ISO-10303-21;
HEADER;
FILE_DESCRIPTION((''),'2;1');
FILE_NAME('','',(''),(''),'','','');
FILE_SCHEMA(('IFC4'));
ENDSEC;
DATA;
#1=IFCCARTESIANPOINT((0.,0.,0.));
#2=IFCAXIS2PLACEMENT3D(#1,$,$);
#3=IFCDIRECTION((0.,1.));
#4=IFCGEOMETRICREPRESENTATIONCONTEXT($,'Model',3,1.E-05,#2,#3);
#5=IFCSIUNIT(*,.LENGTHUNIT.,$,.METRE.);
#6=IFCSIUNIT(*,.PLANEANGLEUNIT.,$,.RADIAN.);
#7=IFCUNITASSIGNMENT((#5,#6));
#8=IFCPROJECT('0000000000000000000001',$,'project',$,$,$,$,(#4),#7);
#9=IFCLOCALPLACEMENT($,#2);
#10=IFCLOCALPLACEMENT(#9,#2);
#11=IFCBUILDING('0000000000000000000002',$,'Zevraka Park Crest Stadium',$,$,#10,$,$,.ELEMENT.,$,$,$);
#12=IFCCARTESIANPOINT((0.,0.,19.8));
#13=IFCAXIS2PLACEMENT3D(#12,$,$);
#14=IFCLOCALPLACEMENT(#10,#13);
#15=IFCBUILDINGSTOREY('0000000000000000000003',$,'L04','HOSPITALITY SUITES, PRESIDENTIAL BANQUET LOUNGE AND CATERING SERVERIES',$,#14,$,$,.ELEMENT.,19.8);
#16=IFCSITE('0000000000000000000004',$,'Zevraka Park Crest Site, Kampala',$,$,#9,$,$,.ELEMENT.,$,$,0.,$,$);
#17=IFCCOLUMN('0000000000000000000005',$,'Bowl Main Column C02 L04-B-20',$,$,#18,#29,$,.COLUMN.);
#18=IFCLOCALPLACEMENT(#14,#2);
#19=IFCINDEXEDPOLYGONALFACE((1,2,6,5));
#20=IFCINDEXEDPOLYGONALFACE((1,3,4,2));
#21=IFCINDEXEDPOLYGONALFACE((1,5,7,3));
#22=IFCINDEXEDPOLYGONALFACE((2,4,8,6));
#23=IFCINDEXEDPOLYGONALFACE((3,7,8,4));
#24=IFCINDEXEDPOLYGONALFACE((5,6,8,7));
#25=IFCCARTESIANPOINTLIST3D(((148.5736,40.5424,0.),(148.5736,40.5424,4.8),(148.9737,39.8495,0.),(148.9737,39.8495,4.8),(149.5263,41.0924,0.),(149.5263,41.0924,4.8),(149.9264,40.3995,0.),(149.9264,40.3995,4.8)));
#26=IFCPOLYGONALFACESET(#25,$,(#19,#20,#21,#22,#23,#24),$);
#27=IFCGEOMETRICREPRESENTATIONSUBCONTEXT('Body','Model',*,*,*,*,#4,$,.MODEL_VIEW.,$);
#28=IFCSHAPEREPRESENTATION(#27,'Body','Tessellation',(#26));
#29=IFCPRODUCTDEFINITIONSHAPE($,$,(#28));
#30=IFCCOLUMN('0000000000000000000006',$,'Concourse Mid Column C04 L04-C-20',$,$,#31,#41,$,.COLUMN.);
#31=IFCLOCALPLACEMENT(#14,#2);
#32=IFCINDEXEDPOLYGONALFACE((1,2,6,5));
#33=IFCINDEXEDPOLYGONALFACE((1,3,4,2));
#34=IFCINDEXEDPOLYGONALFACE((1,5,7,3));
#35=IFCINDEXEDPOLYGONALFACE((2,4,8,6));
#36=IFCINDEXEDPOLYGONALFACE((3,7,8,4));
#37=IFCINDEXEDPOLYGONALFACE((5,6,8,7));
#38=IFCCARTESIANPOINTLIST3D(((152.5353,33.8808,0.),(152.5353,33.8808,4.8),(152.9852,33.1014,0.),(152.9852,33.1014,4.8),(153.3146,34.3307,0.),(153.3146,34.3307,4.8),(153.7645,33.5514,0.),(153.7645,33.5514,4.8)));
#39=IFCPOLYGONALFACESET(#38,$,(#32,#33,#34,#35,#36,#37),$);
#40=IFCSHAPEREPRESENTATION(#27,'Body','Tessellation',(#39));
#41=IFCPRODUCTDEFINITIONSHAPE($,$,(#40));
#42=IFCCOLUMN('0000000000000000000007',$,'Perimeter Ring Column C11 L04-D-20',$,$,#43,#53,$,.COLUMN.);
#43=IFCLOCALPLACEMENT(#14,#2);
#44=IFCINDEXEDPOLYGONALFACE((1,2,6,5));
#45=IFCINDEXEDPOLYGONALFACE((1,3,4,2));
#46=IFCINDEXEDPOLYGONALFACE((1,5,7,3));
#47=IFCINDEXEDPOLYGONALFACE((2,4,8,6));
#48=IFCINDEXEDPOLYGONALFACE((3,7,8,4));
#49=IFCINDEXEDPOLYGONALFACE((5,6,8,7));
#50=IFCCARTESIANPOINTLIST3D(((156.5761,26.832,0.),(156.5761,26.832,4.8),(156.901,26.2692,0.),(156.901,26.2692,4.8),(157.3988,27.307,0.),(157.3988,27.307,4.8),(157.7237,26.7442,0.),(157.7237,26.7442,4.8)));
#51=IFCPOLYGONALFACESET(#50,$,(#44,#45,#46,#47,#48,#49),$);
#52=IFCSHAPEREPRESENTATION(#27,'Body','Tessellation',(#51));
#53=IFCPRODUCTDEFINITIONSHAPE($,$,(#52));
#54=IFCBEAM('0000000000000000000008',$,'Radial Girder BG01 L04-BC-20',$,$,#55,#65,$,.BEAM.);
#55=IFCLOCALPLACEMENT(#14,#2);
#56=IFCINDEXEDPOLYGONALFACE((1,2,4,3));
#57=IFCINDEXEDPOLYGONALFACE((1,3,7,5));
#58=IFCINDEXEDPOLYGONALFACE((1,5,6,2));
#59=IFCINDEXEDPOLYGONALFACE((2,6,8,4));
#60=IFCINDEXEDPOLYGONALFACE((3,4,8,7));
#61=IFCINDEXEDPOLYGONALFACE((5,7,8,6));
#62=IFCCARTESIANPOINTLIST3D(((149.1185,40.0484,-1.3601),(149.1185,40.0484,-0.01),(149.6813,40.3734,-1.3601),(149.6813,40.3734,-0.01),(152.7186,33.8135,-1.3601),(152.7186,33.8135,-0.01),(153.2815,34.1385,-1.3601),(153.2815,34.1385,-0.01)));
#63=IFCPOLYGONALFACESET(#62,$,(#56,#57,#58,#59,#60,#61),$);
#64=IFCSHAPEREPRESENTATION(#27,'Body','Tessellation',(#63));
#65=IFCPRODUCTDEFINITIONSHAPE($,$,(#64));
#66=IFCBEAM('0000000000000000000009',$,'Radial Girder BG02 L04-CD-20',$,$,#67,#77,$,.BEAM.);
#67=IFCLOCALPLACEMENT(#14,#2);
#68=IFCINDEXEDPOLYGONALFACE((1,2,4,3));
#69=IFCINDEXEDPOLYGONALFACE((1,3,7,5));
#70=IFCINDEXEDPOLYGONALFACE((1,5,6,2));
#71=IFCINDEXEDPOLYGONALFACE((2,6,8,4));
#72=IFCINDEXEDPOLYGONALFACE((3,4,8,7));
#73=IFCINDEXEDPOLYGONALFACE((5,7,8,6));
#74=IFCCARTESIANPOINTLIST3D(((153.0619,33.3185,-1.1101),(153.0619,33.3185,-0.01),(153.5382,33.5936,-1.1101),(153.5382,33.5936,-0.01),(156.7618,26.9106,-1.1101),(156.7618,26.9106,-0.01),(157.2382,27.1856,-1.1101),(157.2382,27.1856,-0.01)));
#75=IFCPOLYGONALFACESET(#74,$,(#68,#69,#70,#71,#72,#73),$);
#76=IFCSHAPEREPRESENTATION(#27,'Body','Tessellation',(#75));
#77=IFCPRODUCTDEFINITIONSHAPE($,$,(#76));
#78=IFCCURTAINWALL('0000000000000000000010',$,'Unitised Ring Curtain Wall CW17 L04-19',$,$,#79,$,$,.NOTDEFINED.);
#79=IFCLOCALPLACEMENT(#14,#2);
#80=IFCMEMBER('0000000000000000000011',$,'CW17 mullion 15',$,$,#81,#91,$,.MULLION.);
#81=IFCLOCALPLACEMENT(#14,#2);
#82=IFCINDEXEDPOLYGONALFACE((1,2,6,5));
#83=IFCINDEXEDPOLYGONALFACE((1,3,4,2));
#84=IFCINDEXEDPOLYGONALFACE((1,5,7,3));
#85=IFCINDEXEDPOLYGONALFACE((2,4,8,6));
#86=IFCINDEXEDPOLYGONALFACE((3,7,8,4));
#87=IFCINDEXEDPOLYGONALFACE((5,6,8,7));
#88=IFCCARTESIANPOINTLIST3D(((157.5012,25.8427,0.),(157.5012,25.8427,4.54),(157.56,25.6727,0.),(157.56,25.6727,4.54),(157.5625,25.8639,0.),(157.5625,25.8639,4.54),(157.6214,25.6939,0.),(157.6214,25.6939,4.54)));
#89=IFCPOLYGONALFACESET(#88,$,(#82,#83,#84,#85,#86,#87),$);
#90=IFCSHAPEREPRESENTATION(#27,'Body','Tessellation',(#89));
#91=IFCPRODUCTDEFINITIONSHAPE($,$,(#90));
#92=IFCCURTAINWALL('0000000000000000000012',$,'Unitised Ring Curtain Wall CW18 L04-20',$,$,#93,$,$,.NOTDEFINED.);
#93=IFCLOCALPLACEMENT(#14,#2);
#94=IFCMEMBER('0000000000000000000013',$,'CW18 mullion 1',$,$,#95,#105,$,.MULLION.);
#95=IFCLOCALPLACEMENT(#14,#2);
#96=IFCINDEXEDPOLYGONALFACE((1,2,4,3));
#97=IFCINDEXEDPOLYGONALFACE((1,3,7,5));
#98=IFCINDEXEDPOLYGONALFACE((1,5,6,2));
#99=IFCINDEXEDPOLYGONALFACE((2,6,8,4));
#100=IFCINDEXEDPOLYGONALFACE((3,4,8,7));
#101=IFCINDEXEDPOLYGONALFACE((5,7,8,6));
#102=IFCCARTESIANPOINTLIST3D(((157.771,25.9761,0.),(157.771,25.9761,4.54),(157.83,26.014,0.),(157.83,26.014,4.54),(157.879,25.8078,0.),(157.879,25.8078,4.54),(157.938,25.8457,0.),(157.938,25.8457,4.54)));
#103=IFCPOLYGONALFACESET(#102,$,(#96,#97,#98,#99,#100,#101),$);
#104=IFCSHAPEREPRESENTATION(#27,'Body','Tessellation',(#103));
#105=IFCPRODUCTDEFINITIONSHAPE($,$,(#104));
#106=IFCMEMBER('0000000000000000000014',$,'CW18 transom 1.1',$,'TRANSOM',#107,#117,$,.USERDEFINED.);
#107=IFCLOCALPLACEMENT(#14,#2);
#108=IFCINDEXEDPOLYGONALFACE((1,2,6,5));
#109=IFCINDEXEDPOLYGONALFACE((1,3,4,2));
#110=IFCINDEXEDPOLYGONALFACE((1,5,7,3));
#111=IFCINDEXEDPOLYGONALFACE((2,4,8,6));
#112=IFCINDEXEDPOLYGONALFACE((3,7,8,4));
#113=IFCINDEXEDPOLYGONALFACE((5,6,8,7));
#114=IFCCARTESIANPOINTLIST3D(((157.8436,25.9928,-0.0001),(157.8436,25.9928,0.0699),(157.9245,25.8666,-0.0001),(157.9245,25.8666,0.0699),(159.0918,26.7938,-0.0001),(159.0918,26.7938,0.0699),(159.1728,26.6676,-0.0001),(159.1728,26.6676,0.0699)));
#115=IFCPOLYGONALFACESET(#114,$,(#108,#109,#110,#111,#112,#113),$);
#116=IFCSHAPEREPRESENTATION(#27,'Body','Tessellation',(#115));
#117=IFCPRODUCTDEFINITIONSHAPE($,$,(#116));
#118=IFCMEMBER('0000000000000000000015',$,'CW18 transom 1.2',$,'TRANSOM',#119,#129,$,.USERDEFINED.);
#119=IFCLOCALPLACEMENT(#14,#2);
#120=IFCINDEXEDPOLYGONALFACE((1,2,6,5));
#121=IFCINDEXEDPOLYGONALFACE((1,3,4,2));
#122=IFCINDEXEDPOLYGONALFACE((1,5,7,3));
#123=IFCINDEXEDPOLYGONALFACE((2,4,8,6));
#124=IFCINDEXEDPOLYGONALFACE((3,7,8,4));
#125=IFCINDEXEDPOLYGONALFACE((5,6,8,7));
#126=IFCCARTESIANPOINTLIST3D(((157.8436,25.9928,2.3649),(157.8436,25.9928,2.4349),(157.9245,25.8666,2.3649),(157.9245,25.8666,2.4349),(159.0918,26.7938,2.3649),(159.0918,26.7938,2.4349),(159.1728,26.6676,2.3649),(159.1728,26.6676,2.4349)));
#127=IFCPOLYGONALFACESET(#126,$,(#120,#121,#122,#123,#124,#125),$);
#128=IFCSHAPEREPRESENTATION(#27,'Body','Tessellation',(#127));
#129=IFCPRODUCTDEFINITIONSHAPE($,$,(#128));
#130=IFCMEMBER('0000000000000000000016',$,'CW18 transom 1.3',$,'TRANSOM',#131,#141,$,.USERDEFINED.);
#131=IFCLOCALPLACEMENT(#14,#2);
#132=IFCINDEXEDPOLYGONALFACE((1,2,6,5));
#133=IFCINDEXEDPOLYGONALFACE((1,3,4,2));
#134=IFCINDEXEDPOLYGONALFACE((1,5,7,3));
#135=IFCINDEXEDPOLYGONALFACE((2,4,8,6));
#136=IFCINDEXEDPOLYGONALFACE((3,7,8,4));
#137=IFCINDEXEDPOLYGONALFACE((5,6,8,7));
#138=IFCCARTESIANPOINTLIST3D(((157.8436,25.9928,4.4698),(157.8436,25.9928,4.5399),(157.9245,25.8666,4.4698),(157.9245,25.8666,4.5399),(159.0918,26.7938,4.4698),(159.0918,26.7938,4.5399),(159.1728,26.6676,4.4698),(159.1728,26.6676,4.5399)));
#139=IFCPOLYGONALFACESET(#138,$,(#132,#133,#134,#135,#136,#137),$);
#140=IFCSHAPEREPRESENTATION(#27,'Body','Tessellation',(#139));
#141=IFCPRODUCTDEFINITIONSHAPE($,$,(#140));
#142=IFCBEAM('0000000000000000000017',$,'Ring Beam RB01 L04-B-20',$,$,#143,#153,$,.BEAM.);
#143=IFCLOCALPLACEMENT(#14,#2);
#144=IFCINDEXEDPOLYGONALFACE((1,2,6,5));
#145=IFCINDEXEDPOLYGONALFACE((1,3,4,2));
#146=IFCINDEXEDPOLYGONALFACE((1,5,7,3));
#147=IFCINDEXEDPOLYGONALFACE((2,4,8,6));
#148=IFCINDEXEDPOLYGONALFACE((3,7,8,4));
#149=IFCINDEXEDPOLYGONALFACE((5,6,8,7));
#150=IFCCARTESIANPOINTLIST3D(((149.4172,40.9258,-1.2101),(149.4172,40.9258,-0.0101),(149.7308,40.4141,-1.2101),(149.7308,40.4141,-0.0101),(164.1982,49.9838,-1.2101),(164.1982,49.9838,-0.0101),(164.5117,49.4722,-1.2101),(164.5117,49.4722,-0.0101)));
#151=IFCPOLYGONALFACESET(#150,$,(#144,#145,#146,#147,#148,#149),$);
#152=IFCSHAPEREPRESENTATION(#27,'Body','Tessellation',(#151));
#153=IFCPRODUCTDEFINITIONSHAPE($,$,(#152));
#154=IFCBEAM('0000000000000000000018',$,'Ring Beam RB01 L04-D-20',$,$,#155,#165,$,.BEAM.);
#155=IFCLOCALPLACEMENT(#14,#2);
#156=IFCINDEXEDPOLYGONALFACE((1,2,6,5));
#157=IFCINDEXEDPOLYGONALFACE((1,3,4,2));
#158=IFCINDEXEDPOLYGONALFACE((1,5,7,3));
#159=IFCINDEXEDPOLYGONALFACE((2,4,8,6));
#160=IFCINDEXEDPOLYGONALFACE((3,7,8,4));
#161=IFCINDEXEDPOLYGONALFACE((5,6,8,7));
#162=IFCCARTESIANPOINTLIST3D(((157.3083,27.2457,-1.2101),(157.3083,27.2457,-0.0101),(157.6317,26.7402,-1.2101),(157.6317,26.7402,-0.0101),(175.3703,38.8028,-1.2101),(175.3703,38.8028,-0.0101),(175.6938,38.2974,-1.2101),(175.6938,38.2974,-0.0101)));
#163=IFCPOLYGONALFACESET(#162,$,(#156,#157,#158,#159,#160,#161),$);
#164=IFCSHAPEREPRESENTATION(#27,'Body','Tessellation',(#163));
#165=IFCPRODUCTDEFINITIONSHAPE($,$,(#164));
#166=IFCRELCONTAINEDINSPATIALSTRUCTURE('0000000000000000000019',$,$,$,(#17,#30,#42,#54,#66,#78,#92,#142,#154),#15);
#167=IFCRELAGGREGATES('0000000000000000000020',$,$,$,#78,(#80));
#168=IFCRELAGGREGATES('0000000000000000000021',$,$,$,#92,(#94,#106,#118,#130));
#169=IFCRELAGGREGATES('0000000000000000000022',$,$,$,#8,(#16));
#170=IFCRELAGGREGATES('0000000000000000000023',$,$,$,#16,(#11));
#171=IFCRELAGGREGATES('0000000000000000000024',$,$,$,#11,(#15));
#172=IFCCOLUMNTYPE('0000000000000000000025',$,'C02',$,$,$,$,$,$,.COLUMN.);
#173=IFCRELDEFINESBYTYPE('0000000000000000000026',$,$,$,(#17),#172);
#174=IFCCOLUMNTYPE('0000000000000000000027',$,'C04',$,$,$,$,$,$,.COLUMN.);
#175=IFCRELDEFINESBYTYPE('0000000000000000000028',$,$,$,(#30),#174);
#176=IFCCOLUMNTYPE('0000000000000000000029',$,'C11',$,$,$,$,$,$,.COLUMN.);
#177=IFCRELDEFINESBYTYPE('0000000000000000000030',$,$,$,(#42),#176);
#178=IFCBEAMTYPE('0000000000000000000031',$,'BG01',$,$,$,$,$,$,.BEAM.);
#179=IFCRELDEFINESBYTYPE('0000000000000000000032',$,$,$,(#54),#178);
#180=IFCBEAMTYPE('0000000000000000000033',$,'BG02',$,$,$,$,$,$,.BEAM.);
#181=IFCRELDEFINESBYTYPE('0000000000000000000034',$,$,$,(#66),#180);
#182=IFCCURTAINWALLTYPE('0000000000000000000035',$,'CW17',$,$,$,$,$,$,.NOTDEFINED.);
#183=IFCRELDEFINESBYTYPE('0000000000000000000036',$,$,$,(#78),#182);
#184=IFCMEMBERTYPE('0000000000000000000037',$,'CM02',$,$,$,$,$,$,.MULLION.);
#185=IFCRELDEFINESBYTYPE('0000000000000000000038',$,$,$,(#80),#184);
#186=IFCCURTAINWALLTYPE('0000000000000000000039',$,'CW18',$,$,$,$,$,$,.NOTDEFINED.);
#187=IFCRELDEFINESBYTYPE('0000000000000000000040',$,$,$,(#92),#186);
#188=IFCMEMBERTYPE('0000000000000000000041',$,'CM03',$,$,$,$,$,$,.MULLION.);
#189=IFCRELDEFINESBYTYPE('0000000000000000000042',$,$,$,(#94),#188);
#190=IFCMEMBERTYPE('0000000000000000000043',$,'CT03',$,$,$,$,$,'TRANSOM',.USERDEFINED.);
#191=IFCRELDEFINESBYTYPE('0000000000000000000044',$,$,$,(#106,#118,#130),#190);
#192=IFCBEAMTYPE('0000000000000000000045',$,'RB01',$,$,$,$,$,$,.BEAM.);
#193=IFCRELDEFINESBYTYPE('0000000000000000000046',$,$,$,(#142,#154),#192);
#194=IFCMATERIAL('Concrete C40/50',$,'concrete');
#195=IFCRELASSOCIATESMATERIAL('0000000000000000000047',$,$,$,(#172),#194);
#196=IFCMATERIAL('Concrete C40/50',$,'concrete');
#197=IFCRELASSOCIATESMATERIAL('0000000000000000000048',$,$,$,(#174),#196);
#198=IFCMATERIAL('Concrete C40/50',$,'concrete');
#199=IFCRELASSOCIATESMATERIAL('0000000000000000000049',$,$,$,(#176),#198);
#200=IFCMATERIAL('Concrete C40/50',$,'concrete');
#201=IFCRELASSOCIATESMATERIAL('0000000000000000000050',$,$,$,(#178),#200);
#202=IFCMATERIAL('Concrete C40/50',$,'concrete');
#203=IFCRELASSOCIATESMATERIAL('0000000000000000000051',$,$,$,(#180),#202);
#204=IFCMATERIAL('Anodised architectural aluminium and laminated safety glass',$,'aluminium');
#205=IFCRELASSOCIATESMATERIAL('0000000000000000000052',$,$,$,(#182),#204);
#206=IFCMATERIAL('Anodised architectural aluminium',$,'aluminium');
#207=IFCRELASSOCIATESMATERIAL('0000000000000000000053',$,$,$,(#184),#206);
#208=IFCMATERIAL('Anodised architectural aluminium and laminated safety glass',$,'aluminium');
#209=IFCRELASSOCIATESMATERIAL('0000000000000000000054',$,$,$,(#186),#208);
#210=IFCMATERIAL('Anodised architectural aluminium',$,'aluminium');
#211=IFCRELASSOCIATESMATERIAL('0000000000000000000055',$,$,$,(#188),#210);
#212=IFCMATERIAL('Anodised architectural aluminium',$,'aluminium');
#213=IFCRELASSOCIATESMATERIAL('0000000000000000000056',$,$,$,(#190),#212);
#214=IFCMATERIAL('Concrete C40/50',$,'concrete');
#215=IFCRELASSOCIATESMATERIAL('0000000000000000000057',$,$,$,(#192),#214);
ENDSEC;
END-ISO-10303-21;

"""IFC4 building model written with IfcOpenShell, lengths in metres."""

from ifc_helpers import new_model, si_unit, direction, frame, origin, origin_2d, place, context, subcontext, project, spatial, rectangle, extrude, material, material_profile, profile_set, type_object, element, aggregate, save


model = new_model("IFC4")

# Units and contexts
model_context = context("Model", 3, precision=1e-05, world=origin(), true_north=direction((0.0, 1.0)))
body_context = subcontext(model_context, "Body", "Model", "MODEL_VIEW")
ifc_project = project(units=[si_unit("LENGTHUNIT", "METRE"), si_unit("PLANEANGLEUNIT", "RADIAN")], contexts=[model_context])

# Site, building, storey
site_placement = place(None, origin())
site = spatial("IfcSite", under=ifc_project, at=site_placement, Name="Zevraka Park Crest Site, Kampala", CompositionType="ELEMENT", RefElevation=0.0)
building_placement = place(site_placement, origin())
building = spatial("IfcBuilding", under=site, at=building_placement, Name="Zevraka Park Crest Stadium", CompositionType="ELEMENT")
storey_placement = place(building_placement, frame((0.0, 0.0, 19.8)))
storey = spatial("IfcBuildingStorey", under=building, at=storey_placement, Name="L04", Description="HOSPITALITY SUITES, PRESIDENTIAL BANQUET LOUNGE AND CATERING SERVERIES", CompositionType="ELEMENT", Elevation=19.8)

# Columns
ifc_material_1 = material(Name="Concrete C40/50", Category="concrete")
ifc_material_profile_1 = material_profile(ifc_material_1, rectangle(XDim=0.8, YDim=1.1001, at=origin_2d()), Name="RC 1100x800")
ifc_profile_set_1 = profile_set([ifc_material_profile_1], Name="Concrete C40/50")
column_type_1 = type_object("IfcColumnType", Name="C02", PredefinedType="COLUMN", material=ifc_profile_set_1)
column_1_placement = place(storey_placement, frame((149.25, 40.4709, 0.0), z_axis=(0.0, 0.0, 1.0), x_axis=(-0.5, 0.866025, 0.0)))
element("IfcColumn", 1, at=column_1_placement, inside=storey, type_object=column_type_1, Name="Bowl Main Column C02 L04-B-20", PredefinedType="COLUMN", context=body_context, shape_type="SweptSolid", body=[
    extrude(rectangle(XDim=0.8, YDim=1.1001, at=origin_2d()), origin(), (0.0, 0.0, 1.0), 4.8),
])
ifc_material_2 = material(Name="Concrete C40/50", Category="concrete")
ifc_material_profile_2 = material_profile(ifc_material_2, rectangle(XDim=0.8999, YDim=0.8999, at=origin_2d()), Name="RC 900x900")
ifc_profile_set_2 = profile_set([ifc_material_profile_2], Name="Concrete C40/50")
column_type_2 = type_object("IfcColumnType", Name="C04", PredefinedType="COLUMN", material=ifc_profile_set_2)
column_2_placement = place(storey_placement, frame((153.1499, 33.7161, 0.0), z_axis=(0.0, 0.0, 1.0), x_axis=(-0.5, 0.866025, 0.0)))
element("IfcColumn", 2, at=column_2_placement, inside=storey, type_object=column_type_2, Name="Concourse Mid Column C04 L04-C-20", PredefinedType="COLUMN", context=body_context, shape_type="SweptSolid", body=[
    extrude(rectangle(XDim=0.8999, YDim=0.8999, at=origin_2d()), origin(), (0.0, 0.0, 1.0), 4.8),
])
ifc_material_3 = material(Name="Concrete C40/50", Category="concrete")
ifc_material_profile_3 = material_profile(ifc_material_3, rectangle(XDim=0.6499, YDim=0.95, at=origin_2d()), Name="RC 950x650")
ifc_profile_set_3 = profile_set([ifc_material_profile_3], Name="Concrete C40/50")
column_type_3 = type_object("IfcColumnType", Name="C11", PredefinedType="COLUMN", material=ifc_profile_set_3)
column_3_placement = place(storey_placement, frame((157.1499, 26.7881, 0.0), z_axis=(0.0, 0.0, 1.0), x_axis=(-0.5, 0.866025, 0.0)))
element("IfcColumn", 3, at=column_3_placement, inside=storey, type_object=column_type_3, Name="Perimeter Ring Column C11 L04-D-20", PredefinedType="COLUMN", context=body_context, shape_type="SweptSolid", body=[
    extrude(rectangle(XDim=0.6499, YDim=0.95, at=origin_2d()), origin(), (0.0, 0.0, 1.0), 4.8),
])

# Beams
ifc_material_4 = material(Name="Concrete C40/50", Category="concrete")
ifc_material_profile_4 = material_profile(ifc_material_4, rectangle(XDim=0.6499, YDim=1.3501, at=origin_2d()), Name="RC 1350x650")
ifc_profile_set_4 = profile_set([ifc_material_profile_4], Name="Concrete C40/50")
beam_type_1 = type_object("IfcBeamType", Name="BG01", PredefinedType="BEAM", material=ifc_profile_set_4)
beam_1_placement = place(storey_placement, frame((149.3999, 40.2109, -0.6851), z_axis=(0.500041, -0.866001, 0.0), x_axis=(0.866001, 0.500041, 0.0)))
element("IfcBeam", 4, at=beam_1_placement, inside=storey, type_object=beam_type_1, Name="Radial Girder BG01 L04-BC-20", PredefinedType="BEAM", context=body_context, shape_type="SweptSolid", body=[
    extrude(rectangle(XDim=0.6499, YDim=1.3501, at=origin_2d()), origin(), (0.0, 0.0, 1.0), 7.1997),
])
ifc_material_5 = material(Name="Concrete C40/50", Category="concrete")
ifc_material_profile_5 = material_profile(ifc_material_5, rectangle(XDim=0.55, YDim=1.1001, at=origin_2d()), Name="RC 1100x550")
ifc_profile_set_5 = profile_set([ifc_material_profile_5], Name="Concrete C40/50")
beam_type_2 = type_object("IfcBeamType", Name="BG02", PredefinedType="BEAM", material=ifc_profile_set_5)
beam_2_placement = place(storey_placement, frame((153.3, 33.4561, -0.5601), z_axis=(0.500032, -0.866007, 0.0), x_axis=(0.866007, 0.500032, 0.0)))
element("IfcBeam", 5, at=beam_2_placement, inside=storey, type_object=beam_type_2, Name="Radial Girder BG02 L04-CD-20", PredefinedType="BEAM", context=body_context, shape_type="SweptSolid", body=[
    extrude(rectangle(XDim=0.55, YDim=1.1001, at=origin_2d()), origin(), (0.0, 0.0, 1.0), 7.3994),
])

# Curtain wall, member
ifc_material_6 = material(Name="Anodised architectural aluminium and laminated safety glass", Category="aluminium")
curtain_wall_type_1 = type_object("IfcCurtainWallType", Name="CW17", PredefinedType="NOTDEFINED", material=ifc_material_6)
curtain_wall_1_placement = place(storey_placement, origin())
curtain_wall_1 = element("IfcCurtainWall", 6, at=curtain_wall_1_placement, inside=storey, type_object=curtain_wall_type_1, Name="Unitised Ring Curtain Wall CW17 L04-19", PredefinedType="NOTDEFINED")
ifc_material_7 = material(Name="Anodised architectural aluminium", Category="aluminium")
ifc_material_profile_6 = material_profile(ifc_material_7, rectangle(XDim=0.1799, YDim=0.0649, at=origin_2d()), Name="ALU MULLION 180x65")
ifc_profile_set_6 = profile_set([ifc_material_profile_6], Name="Anodised architectural aluminium")
member_type_1 = type_object("IfcMemberType", Name="CM02", PredefinedType="MULLION", material=ifc_profile_set_6)
member_1_placement = place(storey_placement, frame((157.5613, 25.7683, 0.0), z_axis=(0.0, 0.0, 1.0), x_axis=(-0.327245, 0.94494, 0.0)))
member_1 = element("IfcMember", 7, at=member_1_placement, type_object=member_type_1, Name="CW17 mullion 15", PredefinedType="MULLION", context=body_context, shape_type="SweptSolid", body=[
    extrude(rectangle(XDim=0.1799, YDim=0.0649, at=origin_2d()), origin(), (0.0, 0.0, 1.0), 4.54),
])

# Curtain wall, members
ifc_material_8 = material(Name="Anodised architectural aluminium and laminated safety glass", Category="aluminium")
curtain_wall_type_2 = type_object("IfcCurtainWallType", Name="CW18", PredefinedType="NOTDEFINED", material=ifc_material_8)
curtain_wall_2_placement = place(storey_placement, origin())
curtain_wall_2 = element("IfcCurtainWall", 8, at=curtain_wall_2_placement, inside=storey, type_object=curtain_wall_type_2, Name="Unitised Ring Curtain Wall CW18 L04-20", PredefinedType="NOTDEFINED")
ifc_material_9 = material(Name="Anodised architectural aluminium", Category="aluminium")
ifc_material_profile_7 = material_profile(ifc_material_9, rectangle(XDim=0.2, YDim=0.0701, at=origin_2d()), Name="ALU MULLION 200x70")
ifc_profile_set_7 = profile_set([ifc_material_profile_7], Name="Anodised architectural aluminium")
member_type_2 = type_object("IfcMemberType", Name="CM03", PredefinedType="MULLION", material=ifc_profile_set_7)
member_2_placement = place(storey_placement, frame((157.8545, 25.9109, 0.0), z_axis=(0.0, 0.0, 1.0), x_axis=(-0.53998, 0.841678, 0.0)))
member_2 = element("IfcMember", 9, at=member_2_placement, type_object=member_type_2, Name="CW18 mullion 1", PredefinedType="MULLION", context=body_context, shape_type="SweptSolid", body=[
    extrude(rectangle(XDim=0.2, YDim=0.0701, at=origin_2d()), origin(), (0.0, 0.0, 1.0), 4.54),
])
ifc_material_10 = material(Name="Anodised architectural aluminium", Category="aluminium")
ifc_material_profile_8 = material_profile(ifc_material_10, rectangle(XDim=0.1499, YDim=0.0701, at=origin_2d()), Name="ALU TRANSOM 150x70")
ifc_profile_set_8 = profile_set([ifc_material_profile_8], Name="Anodised architectural aluminium")
member_type_3 = type_object("IfcMemberType", Name="CT03", ElementType="TRANSOM", PredefinedType="USERDEFINED", material=ifc_profile_set_8)
member_3_placement = place(storey_placement, frame((157.884, 25.9297, 0.0349), z_axis=(0.841622, 0.540067, 0.0), x_axis=(-0.540067, 0.841622, 0.0)))
member_3 = element("IfcMember", 10, at=member_3_placement, type_object=member_type_3, Name="CW18 transom 1.1", ObjectType="TRANSOM", PredefinedType="USERDEFINED", context=body_context, shape_type="SweptSolid", body=[
    extrude(rectangle(XDim=0.1499, YDim=0.0701, at=origin_2d()), origin(), (0.0, 0.0, 1.0), 1.4832),
])
member_4_placement = place(storey_placement, frame((157.884, 25.9297, 2.3999), z_axis=(0.841622, 0.540067, 0.0), x_axis=(-0.540067, 0.841622, 0.0)))
member_4 = element("IfcMember", 11, at=member_4_placement, type_object=member_type_3, Name="CW18 transom 1.2", ObjectType="TRANSOM", PredefinedType="USERDEFINED", context=body_context, shape_type="SweptSolid", body=[
    extrude(rectangle(XDim=0.1499, YDim=0.0701, at=origin_2d()), origin(), (0.0, 0.0, 1.0), 1.4832),
])
member_5_placement = place(storey_placement, frame((157.884, 25.9297, 4.5049), z_axis=(0.841622, 0.540067, 0.0), x_axis=(-0.540067, 0.841622, 0.0)))
member_5 = element("IfcMember", 12, at=member_5_placement, type_object=member_type_3, Name="CW18 transom 1.3", ObjectType="TRANSOM", PredefinedType="USERDEFINED", context=body_context, shape_type="SweptSolid", body=[
    extrude(rectangle(XDim=0.1499, YDim=0.0701, at=origin_2d()), origin(), (0.0, 0.0, 1.0), 1.4832),
])

# Beams
ifc_material_11 = material(Name="Concrete C40/50", Category="concrete")
ifc_material_profile_9 = material_profile(ifc_material_11, rectangle(XDim=0.6001, YDim=1.2, at=origin_2d()), Name="RC 1200x600")
ifc_profile_set_9 = profile_set([ifc_material_profile_9], Name="Concrete C40/50")
beam_type_3 = type_object("IfcBeamType", Name="RB01", PredefinedType="BEAM", material=ifc_profile_set_9)
beam_3_placement = place(storey_placement, frame((149.574, 40.6699, -0.6101), z_axis=(0.852633, 0.522511, 0.0), x_axis=(-0.522511, 0.852633, 0.0)))
element("IfcBeam", 13, at=beam_3_placement, inside=storey, type_object=beam_type_3, Name="Ring Beam RB01 L04-B-20", PredefinedType="BEAM", context=body_context, shape_type="SweptSolid", body=[
    extrude(rectangle(XDim=0.6001, YDim=1.2, at=origin_2d()), origin(), (0.0, 0.0, 1.0), 17.3357),
])
beam_4_placement = place(storey_placement, frame((157.47, 26.9929, -0.6101), z_axis=(0.842326, 0.538969, 0.0), x_axis=(-0.538969, 0.842326, 0.0)))
element("IfcBeam", 14, at=beam_4_placement, inside=storey, type_object=beam_type_3, Name="Ring Beam RB01 L04-D-20", PredefinedType="BEAM", context=body_context, shape_type="SweptSolid", body=[
    extrude(rectangle(XDim=0.6001, YDim=1.2, at=origin_2d()), origin(), (0.0, 0.0, 1.0), 21.4431),
])

aggregate(curtain_wall_1, [member_1])
aggregate(curtain_wall_2, [member_2, member_3, member_4, member_5])

save(model, "model.ifc")
